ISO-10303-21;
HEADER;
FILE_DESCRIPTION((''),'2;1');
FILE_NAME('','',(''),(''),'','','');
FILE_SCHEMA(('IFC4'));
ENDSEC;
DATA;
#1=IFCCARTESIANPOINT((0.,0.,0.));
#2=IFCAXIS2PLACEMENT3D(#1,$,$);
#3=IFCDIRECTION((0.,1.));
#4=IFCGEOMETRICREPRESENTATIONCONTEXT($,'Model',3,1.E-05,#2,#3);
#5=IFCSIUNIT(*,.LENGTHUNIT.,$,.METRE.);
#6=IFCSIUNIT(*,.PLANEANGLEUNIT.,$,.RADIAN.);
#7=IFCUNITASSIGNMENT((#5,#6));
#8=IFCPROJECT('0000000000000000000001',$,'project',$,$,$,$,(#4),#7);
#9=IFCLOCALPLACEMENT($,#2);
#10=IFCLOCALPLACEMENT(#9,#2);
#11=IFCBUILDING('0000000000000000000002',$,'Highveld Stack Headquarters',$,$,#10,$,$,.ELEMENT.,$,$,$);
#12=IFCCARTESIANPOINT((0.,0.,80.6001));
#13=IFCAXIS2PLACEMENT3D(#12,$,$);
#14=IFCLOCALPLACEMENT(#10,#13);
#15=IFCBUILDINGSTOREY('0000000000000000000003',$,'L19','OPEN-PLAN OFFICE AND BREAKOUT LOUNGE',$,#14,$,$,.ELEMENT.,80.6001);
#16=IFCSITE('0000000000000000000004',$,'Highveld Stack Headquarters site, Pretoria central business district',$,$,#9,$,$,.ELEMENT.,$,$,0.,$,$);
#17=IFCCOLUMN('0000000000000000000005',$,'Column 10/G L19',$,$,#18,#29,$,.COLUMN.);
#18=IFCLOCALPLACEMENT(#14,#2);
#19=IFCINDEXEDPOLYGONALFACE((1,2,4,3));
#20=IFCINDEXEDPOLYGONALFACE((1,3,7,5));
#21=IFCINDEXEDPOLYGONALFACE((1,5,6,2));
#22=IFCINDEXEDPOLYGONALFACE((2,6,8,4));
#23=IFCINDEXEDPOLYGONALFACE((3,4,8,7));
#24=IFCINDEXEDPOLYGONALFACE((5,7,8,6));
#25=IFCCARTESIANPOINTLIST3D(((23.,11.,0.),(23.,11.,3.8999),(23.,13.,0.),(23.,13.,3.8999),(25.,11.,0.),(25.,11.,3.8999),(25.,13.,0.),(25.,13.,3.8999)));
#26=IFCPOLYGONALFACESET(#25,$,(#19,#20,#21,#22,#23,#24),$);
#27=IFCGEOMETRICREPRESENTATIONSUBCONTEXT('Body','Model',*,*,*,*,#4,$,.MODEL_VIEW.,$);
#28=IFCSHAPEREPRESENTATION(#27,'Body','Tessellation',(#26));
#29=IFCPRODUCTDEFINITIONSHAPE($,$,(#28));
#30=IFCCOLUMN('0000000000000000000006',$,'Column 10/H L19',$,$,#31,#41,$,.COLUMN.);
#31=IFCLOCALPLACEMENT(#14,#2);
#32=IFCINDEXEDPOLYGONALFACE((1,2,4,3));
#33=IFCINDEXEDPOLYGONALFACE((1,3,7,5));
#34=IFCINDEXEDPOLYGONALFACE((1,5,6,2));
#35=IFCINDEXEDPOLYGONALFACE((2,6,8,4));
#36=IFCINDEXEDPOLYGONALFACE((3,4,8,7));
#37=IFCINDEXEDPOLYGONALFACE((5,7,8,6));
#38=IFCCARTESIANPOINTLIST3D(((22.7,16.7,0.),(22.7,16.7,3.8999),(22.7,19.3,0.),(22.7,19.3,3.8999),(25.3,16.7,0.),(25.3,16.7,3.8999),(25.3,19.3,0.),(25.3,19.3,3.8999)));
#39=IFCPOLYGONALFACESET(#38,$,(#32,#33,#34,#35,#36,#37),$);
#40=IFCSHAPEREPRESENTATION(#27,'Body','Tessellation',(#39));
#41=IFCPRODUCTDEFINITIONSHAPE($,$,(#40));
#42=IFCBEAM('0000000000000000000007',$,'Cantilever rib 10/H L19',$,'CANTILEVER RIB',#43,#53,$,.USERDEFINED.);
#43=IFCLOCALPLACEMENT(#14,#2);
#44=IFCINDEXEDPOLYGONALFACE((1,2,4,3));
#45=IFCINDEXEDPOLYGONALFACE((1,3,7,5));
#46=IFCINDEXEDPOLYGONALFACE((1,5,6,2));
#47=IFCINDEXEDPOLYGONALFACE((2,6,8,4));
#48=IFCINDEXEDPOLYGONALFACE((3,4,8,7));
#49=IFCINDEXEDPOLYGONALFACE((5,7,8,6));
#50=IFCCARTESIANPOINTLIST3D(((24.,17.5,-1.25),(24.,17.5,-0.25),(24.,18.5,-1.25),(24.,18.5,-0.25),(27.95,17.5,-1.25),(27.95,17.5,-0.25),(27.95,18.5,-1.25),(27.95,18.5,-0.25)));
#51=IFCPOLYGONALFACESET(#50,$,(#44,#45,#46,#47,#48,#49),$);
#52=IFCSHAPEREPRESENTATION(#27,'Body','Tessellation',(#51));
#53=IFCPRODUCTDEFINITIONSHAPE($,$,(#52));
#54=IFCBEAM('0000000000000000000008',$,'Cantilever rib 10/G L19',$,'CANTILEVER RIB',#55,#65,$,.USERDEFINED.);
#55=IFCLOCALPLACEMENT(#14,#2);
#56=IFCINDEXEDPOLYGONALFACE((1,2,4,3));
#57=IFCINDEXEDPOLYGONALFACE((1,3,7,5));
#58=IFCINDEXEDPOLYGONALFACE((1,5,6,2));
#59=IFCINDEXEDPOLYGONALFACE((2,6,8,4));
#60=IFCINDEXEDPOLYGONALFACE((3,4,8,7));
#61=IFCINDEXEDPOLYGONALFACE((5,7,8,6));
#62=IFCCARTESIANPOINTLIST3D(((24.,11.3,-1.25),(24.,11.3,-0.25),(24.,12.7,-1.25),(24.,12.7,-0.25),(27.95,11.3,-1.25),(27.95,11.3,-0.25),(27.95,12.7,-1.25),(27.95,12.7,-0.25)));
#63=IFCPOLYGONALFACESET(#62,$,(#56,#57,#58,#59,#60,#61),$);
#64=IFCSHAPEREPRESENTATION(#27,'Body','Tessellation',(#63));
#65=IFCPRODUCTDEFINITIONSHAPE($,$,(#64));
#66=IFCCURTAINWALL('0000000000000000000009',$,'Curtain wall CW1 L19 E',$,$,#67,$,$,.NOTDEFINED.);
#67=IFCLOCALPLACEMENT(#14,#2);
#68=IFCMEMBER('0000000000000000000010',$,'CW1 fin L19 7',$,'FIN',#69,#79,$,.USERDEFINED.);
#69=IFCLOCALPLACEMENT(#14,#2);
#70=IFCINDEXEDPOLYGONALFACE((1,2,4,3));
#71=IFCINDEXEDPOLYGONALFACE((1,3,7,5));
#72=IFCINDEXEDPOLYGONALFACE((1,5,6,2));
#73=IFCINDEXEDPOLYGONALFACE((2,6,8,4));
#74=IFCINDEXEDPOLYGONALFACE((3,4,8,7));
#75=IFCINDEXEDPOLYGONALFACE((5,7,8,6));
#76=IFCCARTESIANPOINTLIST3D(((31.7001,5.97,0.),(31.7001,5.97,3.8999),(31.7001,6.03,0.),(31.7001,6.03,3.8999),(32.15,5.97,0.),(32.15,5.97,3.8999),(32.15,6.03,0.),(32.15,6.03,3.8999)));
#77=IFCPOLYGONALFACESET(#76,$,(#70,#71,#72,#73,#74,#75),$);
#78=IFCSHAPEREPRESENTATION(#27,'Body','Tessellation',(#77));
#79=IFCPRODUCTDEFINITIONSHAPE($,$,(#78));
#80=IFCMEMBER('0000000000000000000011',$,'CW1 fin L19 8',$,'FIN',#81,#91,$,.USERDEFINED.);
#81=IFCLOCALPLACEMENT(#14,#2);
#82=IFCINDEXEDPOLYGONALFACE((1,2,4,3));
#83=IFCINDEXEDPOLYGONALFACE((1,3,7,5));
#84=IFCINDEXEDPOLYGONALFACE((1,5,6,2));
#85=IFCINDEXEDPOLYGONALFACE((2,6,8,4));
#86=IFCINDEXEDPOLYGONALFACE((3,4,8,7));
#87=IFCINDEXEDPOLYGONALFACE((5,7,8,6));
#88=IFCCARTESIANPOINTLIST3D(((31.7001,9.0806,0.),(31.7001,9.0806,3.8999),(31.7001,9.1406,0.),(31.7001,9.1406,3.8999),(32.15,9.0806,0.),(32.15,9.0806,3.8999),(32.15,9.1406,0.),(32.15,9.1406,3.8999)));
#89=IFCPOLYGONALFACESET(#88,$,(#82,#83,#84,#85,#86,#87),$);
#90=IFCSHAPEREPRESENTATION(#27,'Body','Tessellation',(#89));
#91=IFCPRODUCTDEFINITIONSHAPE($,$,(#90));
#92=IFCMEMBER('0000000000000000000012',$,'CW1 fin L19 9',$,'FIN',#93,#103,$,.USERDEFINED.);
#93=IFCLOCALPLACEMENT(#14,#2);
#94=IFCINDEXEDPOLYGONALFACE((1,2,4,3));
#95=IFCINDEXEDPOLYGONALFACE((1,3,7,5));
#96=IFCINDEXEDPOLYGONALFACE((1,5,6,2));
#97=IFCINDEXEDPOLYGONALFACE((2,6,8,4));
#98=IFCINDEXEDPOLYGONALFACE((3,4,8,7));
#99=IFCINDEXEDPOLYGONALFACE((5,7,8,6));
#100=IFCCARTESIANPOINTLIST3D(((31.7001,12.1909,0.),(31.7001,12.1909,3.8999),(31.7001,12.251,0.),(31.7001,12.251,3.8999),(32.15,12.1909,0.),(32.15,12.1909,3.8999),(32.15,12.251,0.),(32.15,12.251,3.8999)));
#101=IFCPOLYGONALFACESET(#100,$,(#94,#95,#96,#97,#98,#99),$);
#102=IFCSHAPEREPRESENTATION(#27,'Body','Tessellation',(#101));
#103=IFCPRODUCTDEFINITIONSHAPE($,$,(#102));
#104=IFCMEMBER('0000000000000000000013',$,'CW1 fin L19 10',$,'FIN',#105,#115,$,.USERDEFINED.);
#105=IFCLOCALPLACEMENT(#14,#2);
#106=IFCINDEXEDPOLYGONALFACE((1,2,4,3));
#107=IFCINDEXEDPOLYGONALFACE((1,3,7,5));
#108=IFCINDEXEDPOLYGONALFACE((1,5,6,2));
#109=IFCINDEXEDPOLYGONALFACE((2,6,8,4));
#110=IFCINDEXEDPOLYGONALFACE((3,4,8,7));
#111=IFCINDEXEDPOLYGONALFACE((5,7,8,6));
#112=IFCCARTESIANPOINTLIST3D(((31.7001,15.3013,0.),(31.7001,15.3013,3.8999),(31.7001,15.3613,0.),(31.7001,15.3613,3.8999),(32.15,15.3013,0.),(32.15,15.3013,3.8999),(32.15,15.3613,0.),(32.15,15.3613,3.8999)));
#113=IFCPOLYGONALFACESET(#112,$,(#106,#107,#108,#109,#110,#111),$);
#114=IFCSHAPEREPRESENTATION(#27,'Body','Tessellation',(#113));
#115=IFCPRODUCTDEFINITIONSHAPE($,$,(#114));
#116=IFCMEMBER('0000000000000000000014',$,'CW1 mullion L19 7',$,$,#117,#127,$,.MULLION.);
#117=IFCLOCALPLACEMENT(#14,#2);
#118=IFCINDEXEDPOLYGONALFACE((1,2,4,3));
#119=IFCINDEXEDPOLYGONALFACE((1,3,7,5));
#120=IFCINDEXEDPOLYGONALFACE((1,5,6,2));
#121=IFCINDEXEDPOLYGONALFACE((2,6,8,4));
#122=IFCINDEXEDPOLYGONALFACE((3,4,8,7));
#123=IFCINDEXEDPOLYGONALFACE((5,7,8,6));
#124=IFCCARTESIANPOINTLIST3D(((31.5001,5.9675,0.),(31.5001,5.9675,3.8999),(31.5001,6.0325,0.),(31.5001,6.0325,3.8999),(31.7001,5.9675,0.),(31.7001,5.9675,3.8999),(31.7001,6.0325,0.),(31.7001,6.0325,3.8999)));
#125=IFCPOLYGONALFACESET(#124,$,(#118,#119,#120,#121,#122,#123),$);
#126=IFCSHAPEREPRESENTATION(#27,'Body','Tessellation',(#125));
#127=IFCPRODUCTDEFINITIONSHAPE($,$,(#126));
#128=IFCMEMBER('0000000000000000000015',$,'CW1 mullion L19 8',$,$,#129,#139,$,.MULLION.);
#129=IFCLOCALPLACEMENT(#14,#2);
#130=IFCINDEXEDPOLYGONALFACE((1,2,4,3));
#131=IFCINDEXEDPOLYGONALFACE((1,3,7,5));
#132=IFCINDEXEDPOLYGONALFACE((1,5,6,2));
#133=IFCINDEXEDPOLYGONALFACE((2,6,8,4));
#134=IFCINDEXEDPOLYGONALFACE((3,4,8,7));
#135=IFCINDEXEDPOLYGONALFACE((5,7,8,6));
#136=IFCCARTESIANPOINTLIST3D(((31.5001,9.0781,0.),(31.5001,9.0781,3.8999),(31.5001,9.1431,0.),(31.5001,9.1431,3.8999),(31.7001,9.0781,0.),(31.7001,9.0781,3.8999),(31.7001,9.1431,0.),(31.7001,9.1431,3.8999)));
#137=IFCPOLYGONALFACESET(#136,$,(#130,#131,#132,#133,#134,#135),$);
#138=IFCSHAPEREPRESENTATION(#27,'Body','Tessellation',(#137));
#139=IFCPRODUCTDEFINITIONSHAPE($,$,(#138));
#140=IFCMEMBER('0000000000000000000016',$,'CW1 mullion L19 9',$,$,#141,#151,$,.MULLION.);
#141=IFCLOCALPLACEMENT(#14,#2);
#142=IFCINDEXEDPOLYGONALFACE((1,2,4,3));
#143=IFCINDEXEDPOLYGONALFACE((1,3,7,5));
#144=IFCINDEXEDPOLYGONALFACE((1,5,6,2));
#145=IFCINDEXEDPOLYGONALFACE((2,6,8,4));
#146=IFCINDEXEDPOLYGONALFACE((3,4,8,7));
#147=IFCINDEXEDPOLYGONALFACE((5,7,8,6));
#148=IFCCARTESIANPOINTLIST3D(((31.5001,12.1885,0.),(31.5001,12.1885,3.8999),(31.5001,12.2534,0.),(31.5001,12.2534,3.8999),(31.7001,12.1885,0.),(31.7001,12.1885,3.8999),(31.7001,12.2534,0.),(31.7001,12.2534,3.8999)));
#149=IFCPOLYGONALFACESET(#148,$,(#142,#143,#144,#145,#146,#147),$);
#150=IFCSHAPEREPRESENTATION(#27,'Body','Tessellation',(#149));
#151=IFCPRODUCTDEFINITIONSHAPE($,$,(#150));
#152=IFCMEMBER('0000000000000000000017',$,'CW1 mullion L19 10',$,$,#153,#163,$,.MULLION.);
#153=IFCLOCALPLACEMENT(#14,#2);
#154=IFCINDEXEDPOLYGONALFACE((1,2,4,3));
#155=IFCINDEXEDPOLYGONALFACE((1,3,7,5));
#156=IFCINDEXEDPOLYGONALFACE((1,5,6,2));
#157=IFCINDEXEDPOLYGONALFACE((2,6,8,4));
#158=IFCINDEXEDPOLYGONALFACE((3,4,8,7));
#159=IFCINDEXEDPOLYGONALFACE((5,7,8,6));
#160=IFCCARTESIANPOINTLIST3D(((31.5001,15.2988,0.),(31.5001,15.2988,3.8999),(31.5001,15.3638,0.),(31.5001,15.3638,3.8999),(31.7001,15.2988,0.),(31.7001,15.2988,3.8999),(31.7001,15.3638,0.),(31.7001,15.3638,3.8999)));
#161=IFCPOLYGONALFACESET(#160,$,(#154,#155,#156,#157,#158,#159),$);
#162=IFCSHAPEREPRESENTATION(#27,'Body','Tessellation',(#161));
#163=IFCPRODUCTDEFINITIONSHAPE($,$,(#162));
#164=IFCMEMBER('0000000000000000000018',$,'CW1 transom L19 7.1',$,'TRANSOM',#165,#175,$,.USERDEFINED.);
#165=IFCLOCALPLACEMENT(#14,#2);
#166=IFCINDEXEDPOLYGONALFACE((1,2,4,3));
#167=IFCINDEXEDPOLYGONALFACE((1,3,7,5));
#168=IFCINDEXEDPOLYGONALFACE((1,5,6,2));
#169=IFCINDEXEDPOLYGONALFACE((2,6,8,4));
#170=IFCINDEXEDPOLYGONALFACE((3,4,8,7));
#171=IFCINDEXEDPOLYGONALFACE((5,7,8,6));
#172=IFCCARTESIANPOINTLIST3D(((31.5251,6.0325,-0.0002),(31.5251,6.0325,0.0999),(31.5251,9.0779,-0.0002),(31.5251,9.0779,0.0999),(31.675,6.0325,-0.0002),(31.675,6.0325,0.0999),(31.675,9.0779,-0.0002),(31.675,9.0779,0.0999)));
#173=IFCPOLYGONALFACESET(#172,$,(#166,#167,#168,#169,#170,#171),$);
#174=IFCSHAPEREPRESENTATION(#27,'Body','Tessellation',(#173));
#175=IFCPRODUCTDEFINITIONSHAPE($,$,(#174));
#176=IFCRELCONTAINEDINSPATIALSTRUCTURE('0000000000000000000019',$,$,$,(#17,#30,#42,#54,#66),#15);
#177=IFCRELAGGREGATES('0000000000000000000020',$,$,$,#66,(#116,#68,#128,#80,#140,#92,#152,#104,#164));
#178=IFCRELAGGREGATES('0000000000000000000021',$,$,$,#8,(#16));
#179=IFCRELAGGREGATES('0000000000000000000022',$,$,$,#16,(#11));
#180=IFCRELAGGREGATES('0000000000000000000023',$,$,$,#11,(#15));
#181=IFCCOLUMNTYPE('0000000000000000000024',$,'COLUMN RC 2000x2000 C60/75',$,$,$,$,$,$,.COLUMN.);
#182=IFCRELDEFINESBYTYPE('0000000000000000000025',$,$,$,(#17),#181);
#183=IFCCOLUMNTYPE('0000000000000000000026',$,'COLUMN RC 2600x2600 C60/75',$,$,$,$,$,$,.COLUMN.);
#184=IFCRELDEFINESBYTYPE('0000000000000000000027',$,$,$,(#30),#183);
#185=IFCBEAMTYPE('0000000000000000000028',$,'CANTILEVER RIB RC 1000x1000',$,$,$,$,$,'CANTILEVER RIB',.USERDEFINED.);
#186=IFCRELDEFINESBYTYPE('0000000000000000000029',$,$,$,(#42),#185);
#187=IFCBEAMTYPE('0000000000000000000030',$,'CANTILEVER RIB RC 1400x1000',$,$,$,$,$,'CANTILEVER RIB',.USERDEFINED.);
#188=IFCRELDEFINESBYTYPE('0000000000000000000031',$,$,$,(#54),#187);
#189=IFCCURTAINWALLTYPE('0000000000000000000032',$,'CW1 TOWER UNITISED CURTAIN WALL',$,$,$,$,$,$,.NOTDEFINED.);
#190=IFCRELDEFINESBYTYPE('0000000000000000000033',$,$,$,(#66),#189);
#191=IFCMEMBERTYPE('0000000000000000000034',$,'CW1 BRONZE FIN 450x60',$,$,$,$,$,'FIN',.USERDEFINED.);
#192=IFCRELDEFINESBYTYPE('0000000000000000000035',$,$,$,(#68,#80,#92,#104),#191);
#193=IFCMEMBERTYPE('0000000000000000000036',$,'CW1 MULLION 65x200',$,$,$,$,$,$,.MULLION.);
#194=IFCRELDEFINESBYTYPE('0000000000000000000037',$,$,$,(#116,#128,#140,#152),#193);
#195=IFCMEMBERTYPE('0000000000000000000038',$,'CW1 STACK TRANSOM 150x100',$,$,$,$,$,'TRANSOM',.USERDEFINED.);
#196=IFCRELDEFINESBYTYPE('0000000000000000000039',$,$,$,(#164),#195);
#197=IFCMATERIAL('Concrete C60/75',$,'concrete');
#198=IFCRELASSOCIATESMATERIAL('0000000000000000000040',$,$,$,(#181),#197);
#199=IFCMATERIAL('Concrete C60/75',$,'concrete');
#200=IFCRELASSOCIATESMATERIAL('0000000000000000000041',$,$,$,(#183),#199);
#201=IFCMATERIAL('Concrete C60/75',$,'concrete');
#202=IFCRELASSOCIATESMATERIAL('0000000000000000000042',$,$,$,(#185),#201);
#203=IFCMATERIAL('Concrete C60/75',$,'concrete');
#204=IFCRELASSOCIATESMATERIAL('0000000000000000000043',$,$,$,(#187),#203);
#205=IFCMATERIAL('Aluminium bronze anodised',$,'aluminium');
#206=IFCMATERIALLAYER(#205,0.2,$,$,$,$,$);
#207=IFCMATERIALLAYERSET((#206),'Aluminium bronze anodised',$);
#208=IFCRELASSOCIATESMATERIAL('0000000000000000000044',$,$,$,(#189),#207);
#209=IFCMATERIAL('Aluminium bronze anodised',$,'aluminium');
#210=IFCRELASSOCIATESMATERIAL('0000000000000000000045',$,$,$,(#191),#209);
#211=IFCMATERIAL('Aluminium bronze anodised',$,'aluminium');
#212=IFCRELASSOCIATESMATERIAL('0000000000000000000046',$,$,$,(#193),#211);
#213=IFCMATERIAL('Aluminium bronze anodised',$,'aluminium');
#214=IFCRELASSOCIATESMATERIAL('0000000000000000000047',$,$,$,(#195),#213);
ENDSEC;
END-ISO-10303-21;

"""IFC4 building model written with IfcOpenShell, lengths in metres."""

from ifc_helpers import new_model, si_unit, direction, frame, origin, origin_2d, place, context, subcontext, project, spatial, rectangle, extrude, material, layer, layer_set, material_profile, profile_set, type_object, element, aggregate, save


model = new_model("IFC4")

# Units and contexts
model_context = context("Model", 3, precision=1e-05, world=origin(), true_north=direction((0.0, 1.0)))
body_context = subcontext(model_context, "Body", "Model", "MODEL_VIEW")
ifc_project = project(units=[si_unit("LENGTHUNIT", "METRE"), si_unit("PLANEANGLEUNIT", "RADIAN")], contexts=[model_context])

# Site, building, storey
site_placement = place(None, origin())
site = spatial("IfcSite", under=ifc_project, at=site_placement, Name="Highveld Stack Headquarters site, Pretoria central business district", CompositionType="ELEMENT", RefElevation=0.0)
building_placement = place(site_placement, origin())
building = spatial("IfcBuilding", under=site, at=building_placement, Name="Highveld Stack Headquarters", CompositionType="ELEMENT")
storey_placement = place(building_placement, frame((0.0, 0.0, 80.6001)))
storey = spatial("IfcBuildingStorey", under=building, at=storey_placement, Name="L19", Description="OPEN-PLAN OFFICE AND BREAKOUT LOUNGE", CompositionType="ELEMENT", Elevation=80.6001)

# Columns
ifc_material_1 = material(Name="Concrete C60/75", Category="concrete")
ifc_material_profile_1 = material_profile(ifc_material_1, rectangle(XDim=2.0, YDim=2.0, at=origin_2d()), Name="RC 2000x2000")
ifc_profile_set_1 = profile_set([ifc_material_profile_1], Name="Concrete C60/75")
column_type_1 = type_object("IfcColumnType", Name="COLUMN RC 2000x2000 C60/75", PredefinedType="COLUMN", material=ifc_profile_set_1)
column_1_placement = place(storey_placement, frame((24.0, 12.0, 0.0), z_axis=(0.0, 0.0, 1.0), x_axis=(1.0, 0.0, 0.0)))
element("IfcColumn", 1, at=column_1_placement, inside=storey, type_object=column_type_1, Name="Column 10/G L19", PredefinedType="COLUMN", context=body_context, shape_type="SweptSolid", body=[
    extrude(rectangle(XDim=2.0, YDim=2.0, at=origin_2d()), origin(), (0.0, 0.0, 1.0), 3.8999),
])
ifc_material_2 = material(Name="Concrete C60/75", Category="concrete")
ifc_material_profile_2 = material_profile(ifc_material_2, rectangle(XDim=2.6001, YDim=2.6001, at=origin_2d()), Name="RC 2600x2600")
ifc_profile_set_2 = profile_set([ifc_material_profile_2], Name="Concrete C60/75")
column_type_2 = type_object("IfcColumnType", Name="COLUMN RC 2600x2600 C60/75", PredefinedType="COLUMN", material=ifc_profile_set_2)
column_2_placement = place(storey_placement, frame((24.0, 18.0, 0.0), z_axis=(0.0, 0.0, 1.0), x_axis=(1.0, 0.0, 0.0)))
element("IfcColumn", 2, at=column_2_placement, inside=storey, type_object=column_type_2, Name="Column 10/H L19", PredefinedType="COLUMN", context=body_context, shape_type="SweptSolid", body=[
    extrude(rectangle(XDim=2.6001, YDim=2.6001, at=origin_2d()), origin(), (0.0, 0.0, 1.0), 3.8999),
])

# Beams
ifc_material_3 = material(Name="Concrete C60/75", Category="concrete")
ifc_material_profile_3 = material_profile(ifc_material_3, rectangle(XDim=1.0, YDim=1.0, at=origin_2d()), Name="RC 1000x1000")
ifc_profile_set_3 = profile_set([ifc_material_profile_3], Name="Concrete C60/75")
beam_type_1 = type_object("IfcBeamType", Name="CANTILEVER RIB RC 1000x1000", ElementType="CANTILEVER RIB", PredefinedType="USERDEFINED", material=ifc_profile_set_3)
beam_1_placement = place(storey_placement, frame((24.0, 18.0, -0.75), z_axis=(1.0, 0.0, 0.0), x_axis=(0.0, 1.0, 0.0)))
element("IfcBeam", 3, at=beam_1_placement, inside=storey, type_object=beam_type_1, Name="Cantilever rib 10/H L19", ObjectType="CANTILEVER RIB", PredefinedType="USERDEFINED", context=body_context, shape_type="SweptSolid", body=[
    extrude(rectangle(XDim=1.0, YDim=1.0, at=origin_2d()), origin(), (0.0, 0.0, 1.0), 3.95),
])
ifc_material_4 = material(Name="Concrete C60/75", Category="concrete")
ifc_material_profile_4 = material_profile(ifc_material_4, rectangle(XDim=1.3999, YDim=1.0, at=origin_2d()), Name="RC 1400x1000")
ifc_profile_set_4 = profile_set([ifc_material_profile_4], Name="Concrete C60/75")
beam_type_2 = type_object("IfcBeamType", Name="CANTILEVER RIB RC 1400x1000", ElementType="CANTILEVER RIB", PredefinedType="USERDEFINED", material=ifc_profile_set_4)
beam_2_placement = place(storey_placement, frame((24.0, 12.0, -0.75), z_axis=(1.0, 0.0, 0.0), x_axis=(0.0, 1.0, 0.0)))
element("IfcBeam", 4, at=beam_2_placement, inside=storey, type_object=beam_type_2, Name="Cantilever rib 10/G L19", ObjectType="CANTILEVER RIB", PredefinedType="USERDEFINED", context=body_context, shape_type="SweptSolid", body=[
    extrude(rectangle(XDim=1.3999, YDim=1.0, at=origin_2d()), origin(), (0.0, 0.0, 1.0), 3.95),
])

# Curtain wall, members
ifc_material_5 = material(Name="Aluminium bronze anodised", Category="aluminium")
ifc_layer_1 = layer(ifc_material_5, 0.2)
ifc_layer_set_1 = layer_set([ifc_layer_1], Name="Aluminium bronze anodised")
curtain_wall_type = type_object("IfcCurtainWallType", Name="CW1 TOWER UNITISED CURTAIN WALL", PredefinedType="NOTDEFINED", material=ifc_layer_set_1)
curtain_wall_placement = place(storey_placement, origin())
curtain_wall = element("IfcCurtainWall", 5, at=curtain_wall_placement, inside=storey, type_object=curtain_wall_type, Name="Curtain wall CW1 L19 E", PredefinedType="NOTDEFINED")
ifc_material_6 = material(Name="Aluminium bronze anodised", Category="aluminium")
ifc_material_profile_5 = material_profile(ifc_material_6, rectangle(XDim=0.45, YDim=0.0601, at=origin_2d()), Name="FIN 450x60")
ifc_profile_set_5 = profile_set([ifc_material_profile_5], Name="Aluminium bronze anodised")
member_type_1 = type_object("IfcMemberType", Name="CW1 BRONZE FIN 450x60", ElementType="FIN", PredefinedType="USERDEFINED", material=ifc_profile_set_5)
member_1_placement = place(storey_placement, frame((31.925, 6.0, 0.0), z_axis=(0.0, 0.0, 1.0), x_axis=(-1.0, 0.0, 0.0)))
member_1 = element("IfcMember", 6, at=member_1_placement, type_object=member_type_1, Name="CW1 fin L19 7", ObjectType="FIN", PredefinedType="USERDEFINED", context=body_context, shape_type="SweptSolid", body=[
    extrude(rectangle(XDim=0.45, YDim=0.0601, at=origin_2d()), origin(), (0.0, 0.0, 1.0), 3.8999),
])
member_2_placement = place(storey_placement, frame((31.925, 9.1106, 0.0), z_axis=(0.0, 0.0, 1.0), x_axis=(-1.0, 0.0, 0.0)))
member_2 = element("IfcMember", 7, at=member_2_placement, type_object=member_type_1, Name="CW1 fin L19 8", ObjectType="FIN", PredefinedType="USERDEFINED", context=body_context, shape_type="SweptSolid", body=[
    extrude(rectangle(XDim=0.45, YDim=0.0601, at=origin_2d()), origin(), (0.0, 0.0, 1.0), 3.8999),
])
member_3_placement = place(storey_placement, frame((31.925, 12.2209, 0.0), z_axis=(0.0, 0.0, 1.0), x_axis=(-1.0, 0.0, 0.0)))
member_3 = element("IfcMember", 8, at=member_3_placement, type_object=member_type_1, Name="CW1 fin L19 9", ObjectType="FIN", PredefinedType="USERDEFINED", context=body_context, shape_type="SweptSolid", body=[
    extrude(rectangle(XDim=0.45, YDim=0.0601, at=origin_2d()), origin(), (0.0, 0.0, 1.0), 3.8999),
])
member_4_placement = place(storey_placement, frame((31.925, 15.3313, 0.0), z_axis=(0.0, 0.0, 1.0), x_axis=(-1.0, 0.0, 0.0)))
member_4 = element("IfcMember", 9, at=member_4_placement, type_object=member_type_1, Name="CW1 fin L19 10", ObjectType="FIN", PredefinedType="USERDEFINED", context=body_context, shape_type="SweptSolid", body=[
    extrude(rectangle(XDim=0.45, YDim=0.0601, at=origin_2d()), origin(), (0.0, 0.0, 1.0), 3.8999),
])
ifc_material_7 = material(Name="Aluminium bronze anodised", Category="aluminium")
ifc_material_profile_6 = material_profile(ifc_material_7, rectangle(XDim=0.2, YDim=0.0649, at=origin_2d()), Name="CW1 MULLION 65x200")
ifc_profile_set_6 = profile_set([ifc_material_profile_6], Name="Aluminium bronze anodised")
member_type_2 = type_object("IfcMemberType", Name="CW1 MULLION 65x200", PredefinedType="MULLION", material=ifc_profile_set_6)
member_5_placement = place(storey_placement, frame((31.6001, 6.0, 0.0), z_axis=(0.0, 0.0, 1.0), x_axis=(-1.0, 0.0, 0.0)))
member_5 = element("IfcMember", 10, at=member_5_placement, type_object=member_type_2, Name="CW1 mullion L19 7", PredefinedType="MULLION", context=body_context, shape_type="SweptSolid", body=[
    extrude(rectangle(XDim=0.2, YDim=0.0649, at=origin_2d()), origin(), (0.0, 0.0, 1.0), 3.8999),
])
member_6_placement = place(storey_placement, frame((31.6001, 9.1106, 0.0), z_axis=(0.0, 0.0, 1.0), x_axis=(-1.0, 0.0, 0.0)))
member_6 = element("IfcMember", 11, at=member_6_placement, type_object=member_type_2, Name="CW1 mullion L19 8", PredefinedType="MULLION", context=body_context, shape_type="SweptSolid", body=[
    extrude(rectangle(XDim=0.2, YDim=0.0649, at=origin_2d()), origin(), (0.0, 0.0, 1.0), 3.8999),
])
member_7_placement = place(storey_placement, frame((31.6001, 12.2209, 0.0), z_axis=(0.0, 0.0, 1.0), x_axis=(-1.0, 0.0, 0.0)))
member_7 = element("IfcMember", 12, at=member_7_placement, type_object=member_type_2, Name="CW1 mullion L19 9", PredefinedType="MULLION", context=body_context, shape_type="SweptSolid", body=[
    extrude(rectangle(XDim=0.2, YDim=0.0649, at=origin_2d()), origin(), (0.0, 0.0, 1.0), 3.8999),
])
member_8_placement = place(storey_placement, frame((31.6001, 15.3313, 0.0), z_axis=(0.0, 0.0, 1.0), x_axis=(-1.0, 0.0, 0.0)))
member_8 = element("IfcMember", 13, at=member_8_placement, type_object=member_type_2, Name="CW1 mullion L19 10", PredefinedType="MULLION", context=body_context, shape_type="SweptSolid", body=[
    extrude(rectangle(XDim=0.2, YDim=0.0649, at=origin_2d()), origin(), (0.0, 0.0, 1.0), 3.8999),
])
ifc_material_8 = material(Name="Aluminium bronze anodised", Category="aluminium")
ifc_material_profile_7 = material_profile(ifc_material_8, rectangle(XDim=0.1499, YDim=0.1001, at=origin_2d()), Name="CW1 TRANSOM 150x100")
ifc_profile_set_7 = profile_set([ifc_material_profile_7], Name="Aluminium bronze anodised")
member_type_3 = type_object("IfcMemberType", Name="CW1 STACK TRANSOM 150x100", ElementType="TRANSOM", PredefinedType="USERDEFINED", material=ifc_profile_set_7)
member_9_placement = place(storey_placement, frame((31.6001, 6.0325, 0.0498), z_axis=(0.0, 1.0, 0.0), x_axis=(-1.0, 0.0, 0.0)))
member_9 = element("IfcMember", 14, at=member_9_placement, type_object=member_type_3, Name="CW1 transom L19 7.1", ObjectType="TRANSOM", PredefinedType="USERDEFINED", context=body_context, shape_type="SweptSolid", body=[
    extrude(rectangle(XDim=0.1499, YDim=0.1001, at=origin_2d()), origin(), (0.0, 0.0, 1.0), 3.0454),
])

aggregate(curtain_wall, [member_5, member_1, member_6, member_2, member_7, member_3, member_8, member_4, member_9])

save(model, "model.ifc")
